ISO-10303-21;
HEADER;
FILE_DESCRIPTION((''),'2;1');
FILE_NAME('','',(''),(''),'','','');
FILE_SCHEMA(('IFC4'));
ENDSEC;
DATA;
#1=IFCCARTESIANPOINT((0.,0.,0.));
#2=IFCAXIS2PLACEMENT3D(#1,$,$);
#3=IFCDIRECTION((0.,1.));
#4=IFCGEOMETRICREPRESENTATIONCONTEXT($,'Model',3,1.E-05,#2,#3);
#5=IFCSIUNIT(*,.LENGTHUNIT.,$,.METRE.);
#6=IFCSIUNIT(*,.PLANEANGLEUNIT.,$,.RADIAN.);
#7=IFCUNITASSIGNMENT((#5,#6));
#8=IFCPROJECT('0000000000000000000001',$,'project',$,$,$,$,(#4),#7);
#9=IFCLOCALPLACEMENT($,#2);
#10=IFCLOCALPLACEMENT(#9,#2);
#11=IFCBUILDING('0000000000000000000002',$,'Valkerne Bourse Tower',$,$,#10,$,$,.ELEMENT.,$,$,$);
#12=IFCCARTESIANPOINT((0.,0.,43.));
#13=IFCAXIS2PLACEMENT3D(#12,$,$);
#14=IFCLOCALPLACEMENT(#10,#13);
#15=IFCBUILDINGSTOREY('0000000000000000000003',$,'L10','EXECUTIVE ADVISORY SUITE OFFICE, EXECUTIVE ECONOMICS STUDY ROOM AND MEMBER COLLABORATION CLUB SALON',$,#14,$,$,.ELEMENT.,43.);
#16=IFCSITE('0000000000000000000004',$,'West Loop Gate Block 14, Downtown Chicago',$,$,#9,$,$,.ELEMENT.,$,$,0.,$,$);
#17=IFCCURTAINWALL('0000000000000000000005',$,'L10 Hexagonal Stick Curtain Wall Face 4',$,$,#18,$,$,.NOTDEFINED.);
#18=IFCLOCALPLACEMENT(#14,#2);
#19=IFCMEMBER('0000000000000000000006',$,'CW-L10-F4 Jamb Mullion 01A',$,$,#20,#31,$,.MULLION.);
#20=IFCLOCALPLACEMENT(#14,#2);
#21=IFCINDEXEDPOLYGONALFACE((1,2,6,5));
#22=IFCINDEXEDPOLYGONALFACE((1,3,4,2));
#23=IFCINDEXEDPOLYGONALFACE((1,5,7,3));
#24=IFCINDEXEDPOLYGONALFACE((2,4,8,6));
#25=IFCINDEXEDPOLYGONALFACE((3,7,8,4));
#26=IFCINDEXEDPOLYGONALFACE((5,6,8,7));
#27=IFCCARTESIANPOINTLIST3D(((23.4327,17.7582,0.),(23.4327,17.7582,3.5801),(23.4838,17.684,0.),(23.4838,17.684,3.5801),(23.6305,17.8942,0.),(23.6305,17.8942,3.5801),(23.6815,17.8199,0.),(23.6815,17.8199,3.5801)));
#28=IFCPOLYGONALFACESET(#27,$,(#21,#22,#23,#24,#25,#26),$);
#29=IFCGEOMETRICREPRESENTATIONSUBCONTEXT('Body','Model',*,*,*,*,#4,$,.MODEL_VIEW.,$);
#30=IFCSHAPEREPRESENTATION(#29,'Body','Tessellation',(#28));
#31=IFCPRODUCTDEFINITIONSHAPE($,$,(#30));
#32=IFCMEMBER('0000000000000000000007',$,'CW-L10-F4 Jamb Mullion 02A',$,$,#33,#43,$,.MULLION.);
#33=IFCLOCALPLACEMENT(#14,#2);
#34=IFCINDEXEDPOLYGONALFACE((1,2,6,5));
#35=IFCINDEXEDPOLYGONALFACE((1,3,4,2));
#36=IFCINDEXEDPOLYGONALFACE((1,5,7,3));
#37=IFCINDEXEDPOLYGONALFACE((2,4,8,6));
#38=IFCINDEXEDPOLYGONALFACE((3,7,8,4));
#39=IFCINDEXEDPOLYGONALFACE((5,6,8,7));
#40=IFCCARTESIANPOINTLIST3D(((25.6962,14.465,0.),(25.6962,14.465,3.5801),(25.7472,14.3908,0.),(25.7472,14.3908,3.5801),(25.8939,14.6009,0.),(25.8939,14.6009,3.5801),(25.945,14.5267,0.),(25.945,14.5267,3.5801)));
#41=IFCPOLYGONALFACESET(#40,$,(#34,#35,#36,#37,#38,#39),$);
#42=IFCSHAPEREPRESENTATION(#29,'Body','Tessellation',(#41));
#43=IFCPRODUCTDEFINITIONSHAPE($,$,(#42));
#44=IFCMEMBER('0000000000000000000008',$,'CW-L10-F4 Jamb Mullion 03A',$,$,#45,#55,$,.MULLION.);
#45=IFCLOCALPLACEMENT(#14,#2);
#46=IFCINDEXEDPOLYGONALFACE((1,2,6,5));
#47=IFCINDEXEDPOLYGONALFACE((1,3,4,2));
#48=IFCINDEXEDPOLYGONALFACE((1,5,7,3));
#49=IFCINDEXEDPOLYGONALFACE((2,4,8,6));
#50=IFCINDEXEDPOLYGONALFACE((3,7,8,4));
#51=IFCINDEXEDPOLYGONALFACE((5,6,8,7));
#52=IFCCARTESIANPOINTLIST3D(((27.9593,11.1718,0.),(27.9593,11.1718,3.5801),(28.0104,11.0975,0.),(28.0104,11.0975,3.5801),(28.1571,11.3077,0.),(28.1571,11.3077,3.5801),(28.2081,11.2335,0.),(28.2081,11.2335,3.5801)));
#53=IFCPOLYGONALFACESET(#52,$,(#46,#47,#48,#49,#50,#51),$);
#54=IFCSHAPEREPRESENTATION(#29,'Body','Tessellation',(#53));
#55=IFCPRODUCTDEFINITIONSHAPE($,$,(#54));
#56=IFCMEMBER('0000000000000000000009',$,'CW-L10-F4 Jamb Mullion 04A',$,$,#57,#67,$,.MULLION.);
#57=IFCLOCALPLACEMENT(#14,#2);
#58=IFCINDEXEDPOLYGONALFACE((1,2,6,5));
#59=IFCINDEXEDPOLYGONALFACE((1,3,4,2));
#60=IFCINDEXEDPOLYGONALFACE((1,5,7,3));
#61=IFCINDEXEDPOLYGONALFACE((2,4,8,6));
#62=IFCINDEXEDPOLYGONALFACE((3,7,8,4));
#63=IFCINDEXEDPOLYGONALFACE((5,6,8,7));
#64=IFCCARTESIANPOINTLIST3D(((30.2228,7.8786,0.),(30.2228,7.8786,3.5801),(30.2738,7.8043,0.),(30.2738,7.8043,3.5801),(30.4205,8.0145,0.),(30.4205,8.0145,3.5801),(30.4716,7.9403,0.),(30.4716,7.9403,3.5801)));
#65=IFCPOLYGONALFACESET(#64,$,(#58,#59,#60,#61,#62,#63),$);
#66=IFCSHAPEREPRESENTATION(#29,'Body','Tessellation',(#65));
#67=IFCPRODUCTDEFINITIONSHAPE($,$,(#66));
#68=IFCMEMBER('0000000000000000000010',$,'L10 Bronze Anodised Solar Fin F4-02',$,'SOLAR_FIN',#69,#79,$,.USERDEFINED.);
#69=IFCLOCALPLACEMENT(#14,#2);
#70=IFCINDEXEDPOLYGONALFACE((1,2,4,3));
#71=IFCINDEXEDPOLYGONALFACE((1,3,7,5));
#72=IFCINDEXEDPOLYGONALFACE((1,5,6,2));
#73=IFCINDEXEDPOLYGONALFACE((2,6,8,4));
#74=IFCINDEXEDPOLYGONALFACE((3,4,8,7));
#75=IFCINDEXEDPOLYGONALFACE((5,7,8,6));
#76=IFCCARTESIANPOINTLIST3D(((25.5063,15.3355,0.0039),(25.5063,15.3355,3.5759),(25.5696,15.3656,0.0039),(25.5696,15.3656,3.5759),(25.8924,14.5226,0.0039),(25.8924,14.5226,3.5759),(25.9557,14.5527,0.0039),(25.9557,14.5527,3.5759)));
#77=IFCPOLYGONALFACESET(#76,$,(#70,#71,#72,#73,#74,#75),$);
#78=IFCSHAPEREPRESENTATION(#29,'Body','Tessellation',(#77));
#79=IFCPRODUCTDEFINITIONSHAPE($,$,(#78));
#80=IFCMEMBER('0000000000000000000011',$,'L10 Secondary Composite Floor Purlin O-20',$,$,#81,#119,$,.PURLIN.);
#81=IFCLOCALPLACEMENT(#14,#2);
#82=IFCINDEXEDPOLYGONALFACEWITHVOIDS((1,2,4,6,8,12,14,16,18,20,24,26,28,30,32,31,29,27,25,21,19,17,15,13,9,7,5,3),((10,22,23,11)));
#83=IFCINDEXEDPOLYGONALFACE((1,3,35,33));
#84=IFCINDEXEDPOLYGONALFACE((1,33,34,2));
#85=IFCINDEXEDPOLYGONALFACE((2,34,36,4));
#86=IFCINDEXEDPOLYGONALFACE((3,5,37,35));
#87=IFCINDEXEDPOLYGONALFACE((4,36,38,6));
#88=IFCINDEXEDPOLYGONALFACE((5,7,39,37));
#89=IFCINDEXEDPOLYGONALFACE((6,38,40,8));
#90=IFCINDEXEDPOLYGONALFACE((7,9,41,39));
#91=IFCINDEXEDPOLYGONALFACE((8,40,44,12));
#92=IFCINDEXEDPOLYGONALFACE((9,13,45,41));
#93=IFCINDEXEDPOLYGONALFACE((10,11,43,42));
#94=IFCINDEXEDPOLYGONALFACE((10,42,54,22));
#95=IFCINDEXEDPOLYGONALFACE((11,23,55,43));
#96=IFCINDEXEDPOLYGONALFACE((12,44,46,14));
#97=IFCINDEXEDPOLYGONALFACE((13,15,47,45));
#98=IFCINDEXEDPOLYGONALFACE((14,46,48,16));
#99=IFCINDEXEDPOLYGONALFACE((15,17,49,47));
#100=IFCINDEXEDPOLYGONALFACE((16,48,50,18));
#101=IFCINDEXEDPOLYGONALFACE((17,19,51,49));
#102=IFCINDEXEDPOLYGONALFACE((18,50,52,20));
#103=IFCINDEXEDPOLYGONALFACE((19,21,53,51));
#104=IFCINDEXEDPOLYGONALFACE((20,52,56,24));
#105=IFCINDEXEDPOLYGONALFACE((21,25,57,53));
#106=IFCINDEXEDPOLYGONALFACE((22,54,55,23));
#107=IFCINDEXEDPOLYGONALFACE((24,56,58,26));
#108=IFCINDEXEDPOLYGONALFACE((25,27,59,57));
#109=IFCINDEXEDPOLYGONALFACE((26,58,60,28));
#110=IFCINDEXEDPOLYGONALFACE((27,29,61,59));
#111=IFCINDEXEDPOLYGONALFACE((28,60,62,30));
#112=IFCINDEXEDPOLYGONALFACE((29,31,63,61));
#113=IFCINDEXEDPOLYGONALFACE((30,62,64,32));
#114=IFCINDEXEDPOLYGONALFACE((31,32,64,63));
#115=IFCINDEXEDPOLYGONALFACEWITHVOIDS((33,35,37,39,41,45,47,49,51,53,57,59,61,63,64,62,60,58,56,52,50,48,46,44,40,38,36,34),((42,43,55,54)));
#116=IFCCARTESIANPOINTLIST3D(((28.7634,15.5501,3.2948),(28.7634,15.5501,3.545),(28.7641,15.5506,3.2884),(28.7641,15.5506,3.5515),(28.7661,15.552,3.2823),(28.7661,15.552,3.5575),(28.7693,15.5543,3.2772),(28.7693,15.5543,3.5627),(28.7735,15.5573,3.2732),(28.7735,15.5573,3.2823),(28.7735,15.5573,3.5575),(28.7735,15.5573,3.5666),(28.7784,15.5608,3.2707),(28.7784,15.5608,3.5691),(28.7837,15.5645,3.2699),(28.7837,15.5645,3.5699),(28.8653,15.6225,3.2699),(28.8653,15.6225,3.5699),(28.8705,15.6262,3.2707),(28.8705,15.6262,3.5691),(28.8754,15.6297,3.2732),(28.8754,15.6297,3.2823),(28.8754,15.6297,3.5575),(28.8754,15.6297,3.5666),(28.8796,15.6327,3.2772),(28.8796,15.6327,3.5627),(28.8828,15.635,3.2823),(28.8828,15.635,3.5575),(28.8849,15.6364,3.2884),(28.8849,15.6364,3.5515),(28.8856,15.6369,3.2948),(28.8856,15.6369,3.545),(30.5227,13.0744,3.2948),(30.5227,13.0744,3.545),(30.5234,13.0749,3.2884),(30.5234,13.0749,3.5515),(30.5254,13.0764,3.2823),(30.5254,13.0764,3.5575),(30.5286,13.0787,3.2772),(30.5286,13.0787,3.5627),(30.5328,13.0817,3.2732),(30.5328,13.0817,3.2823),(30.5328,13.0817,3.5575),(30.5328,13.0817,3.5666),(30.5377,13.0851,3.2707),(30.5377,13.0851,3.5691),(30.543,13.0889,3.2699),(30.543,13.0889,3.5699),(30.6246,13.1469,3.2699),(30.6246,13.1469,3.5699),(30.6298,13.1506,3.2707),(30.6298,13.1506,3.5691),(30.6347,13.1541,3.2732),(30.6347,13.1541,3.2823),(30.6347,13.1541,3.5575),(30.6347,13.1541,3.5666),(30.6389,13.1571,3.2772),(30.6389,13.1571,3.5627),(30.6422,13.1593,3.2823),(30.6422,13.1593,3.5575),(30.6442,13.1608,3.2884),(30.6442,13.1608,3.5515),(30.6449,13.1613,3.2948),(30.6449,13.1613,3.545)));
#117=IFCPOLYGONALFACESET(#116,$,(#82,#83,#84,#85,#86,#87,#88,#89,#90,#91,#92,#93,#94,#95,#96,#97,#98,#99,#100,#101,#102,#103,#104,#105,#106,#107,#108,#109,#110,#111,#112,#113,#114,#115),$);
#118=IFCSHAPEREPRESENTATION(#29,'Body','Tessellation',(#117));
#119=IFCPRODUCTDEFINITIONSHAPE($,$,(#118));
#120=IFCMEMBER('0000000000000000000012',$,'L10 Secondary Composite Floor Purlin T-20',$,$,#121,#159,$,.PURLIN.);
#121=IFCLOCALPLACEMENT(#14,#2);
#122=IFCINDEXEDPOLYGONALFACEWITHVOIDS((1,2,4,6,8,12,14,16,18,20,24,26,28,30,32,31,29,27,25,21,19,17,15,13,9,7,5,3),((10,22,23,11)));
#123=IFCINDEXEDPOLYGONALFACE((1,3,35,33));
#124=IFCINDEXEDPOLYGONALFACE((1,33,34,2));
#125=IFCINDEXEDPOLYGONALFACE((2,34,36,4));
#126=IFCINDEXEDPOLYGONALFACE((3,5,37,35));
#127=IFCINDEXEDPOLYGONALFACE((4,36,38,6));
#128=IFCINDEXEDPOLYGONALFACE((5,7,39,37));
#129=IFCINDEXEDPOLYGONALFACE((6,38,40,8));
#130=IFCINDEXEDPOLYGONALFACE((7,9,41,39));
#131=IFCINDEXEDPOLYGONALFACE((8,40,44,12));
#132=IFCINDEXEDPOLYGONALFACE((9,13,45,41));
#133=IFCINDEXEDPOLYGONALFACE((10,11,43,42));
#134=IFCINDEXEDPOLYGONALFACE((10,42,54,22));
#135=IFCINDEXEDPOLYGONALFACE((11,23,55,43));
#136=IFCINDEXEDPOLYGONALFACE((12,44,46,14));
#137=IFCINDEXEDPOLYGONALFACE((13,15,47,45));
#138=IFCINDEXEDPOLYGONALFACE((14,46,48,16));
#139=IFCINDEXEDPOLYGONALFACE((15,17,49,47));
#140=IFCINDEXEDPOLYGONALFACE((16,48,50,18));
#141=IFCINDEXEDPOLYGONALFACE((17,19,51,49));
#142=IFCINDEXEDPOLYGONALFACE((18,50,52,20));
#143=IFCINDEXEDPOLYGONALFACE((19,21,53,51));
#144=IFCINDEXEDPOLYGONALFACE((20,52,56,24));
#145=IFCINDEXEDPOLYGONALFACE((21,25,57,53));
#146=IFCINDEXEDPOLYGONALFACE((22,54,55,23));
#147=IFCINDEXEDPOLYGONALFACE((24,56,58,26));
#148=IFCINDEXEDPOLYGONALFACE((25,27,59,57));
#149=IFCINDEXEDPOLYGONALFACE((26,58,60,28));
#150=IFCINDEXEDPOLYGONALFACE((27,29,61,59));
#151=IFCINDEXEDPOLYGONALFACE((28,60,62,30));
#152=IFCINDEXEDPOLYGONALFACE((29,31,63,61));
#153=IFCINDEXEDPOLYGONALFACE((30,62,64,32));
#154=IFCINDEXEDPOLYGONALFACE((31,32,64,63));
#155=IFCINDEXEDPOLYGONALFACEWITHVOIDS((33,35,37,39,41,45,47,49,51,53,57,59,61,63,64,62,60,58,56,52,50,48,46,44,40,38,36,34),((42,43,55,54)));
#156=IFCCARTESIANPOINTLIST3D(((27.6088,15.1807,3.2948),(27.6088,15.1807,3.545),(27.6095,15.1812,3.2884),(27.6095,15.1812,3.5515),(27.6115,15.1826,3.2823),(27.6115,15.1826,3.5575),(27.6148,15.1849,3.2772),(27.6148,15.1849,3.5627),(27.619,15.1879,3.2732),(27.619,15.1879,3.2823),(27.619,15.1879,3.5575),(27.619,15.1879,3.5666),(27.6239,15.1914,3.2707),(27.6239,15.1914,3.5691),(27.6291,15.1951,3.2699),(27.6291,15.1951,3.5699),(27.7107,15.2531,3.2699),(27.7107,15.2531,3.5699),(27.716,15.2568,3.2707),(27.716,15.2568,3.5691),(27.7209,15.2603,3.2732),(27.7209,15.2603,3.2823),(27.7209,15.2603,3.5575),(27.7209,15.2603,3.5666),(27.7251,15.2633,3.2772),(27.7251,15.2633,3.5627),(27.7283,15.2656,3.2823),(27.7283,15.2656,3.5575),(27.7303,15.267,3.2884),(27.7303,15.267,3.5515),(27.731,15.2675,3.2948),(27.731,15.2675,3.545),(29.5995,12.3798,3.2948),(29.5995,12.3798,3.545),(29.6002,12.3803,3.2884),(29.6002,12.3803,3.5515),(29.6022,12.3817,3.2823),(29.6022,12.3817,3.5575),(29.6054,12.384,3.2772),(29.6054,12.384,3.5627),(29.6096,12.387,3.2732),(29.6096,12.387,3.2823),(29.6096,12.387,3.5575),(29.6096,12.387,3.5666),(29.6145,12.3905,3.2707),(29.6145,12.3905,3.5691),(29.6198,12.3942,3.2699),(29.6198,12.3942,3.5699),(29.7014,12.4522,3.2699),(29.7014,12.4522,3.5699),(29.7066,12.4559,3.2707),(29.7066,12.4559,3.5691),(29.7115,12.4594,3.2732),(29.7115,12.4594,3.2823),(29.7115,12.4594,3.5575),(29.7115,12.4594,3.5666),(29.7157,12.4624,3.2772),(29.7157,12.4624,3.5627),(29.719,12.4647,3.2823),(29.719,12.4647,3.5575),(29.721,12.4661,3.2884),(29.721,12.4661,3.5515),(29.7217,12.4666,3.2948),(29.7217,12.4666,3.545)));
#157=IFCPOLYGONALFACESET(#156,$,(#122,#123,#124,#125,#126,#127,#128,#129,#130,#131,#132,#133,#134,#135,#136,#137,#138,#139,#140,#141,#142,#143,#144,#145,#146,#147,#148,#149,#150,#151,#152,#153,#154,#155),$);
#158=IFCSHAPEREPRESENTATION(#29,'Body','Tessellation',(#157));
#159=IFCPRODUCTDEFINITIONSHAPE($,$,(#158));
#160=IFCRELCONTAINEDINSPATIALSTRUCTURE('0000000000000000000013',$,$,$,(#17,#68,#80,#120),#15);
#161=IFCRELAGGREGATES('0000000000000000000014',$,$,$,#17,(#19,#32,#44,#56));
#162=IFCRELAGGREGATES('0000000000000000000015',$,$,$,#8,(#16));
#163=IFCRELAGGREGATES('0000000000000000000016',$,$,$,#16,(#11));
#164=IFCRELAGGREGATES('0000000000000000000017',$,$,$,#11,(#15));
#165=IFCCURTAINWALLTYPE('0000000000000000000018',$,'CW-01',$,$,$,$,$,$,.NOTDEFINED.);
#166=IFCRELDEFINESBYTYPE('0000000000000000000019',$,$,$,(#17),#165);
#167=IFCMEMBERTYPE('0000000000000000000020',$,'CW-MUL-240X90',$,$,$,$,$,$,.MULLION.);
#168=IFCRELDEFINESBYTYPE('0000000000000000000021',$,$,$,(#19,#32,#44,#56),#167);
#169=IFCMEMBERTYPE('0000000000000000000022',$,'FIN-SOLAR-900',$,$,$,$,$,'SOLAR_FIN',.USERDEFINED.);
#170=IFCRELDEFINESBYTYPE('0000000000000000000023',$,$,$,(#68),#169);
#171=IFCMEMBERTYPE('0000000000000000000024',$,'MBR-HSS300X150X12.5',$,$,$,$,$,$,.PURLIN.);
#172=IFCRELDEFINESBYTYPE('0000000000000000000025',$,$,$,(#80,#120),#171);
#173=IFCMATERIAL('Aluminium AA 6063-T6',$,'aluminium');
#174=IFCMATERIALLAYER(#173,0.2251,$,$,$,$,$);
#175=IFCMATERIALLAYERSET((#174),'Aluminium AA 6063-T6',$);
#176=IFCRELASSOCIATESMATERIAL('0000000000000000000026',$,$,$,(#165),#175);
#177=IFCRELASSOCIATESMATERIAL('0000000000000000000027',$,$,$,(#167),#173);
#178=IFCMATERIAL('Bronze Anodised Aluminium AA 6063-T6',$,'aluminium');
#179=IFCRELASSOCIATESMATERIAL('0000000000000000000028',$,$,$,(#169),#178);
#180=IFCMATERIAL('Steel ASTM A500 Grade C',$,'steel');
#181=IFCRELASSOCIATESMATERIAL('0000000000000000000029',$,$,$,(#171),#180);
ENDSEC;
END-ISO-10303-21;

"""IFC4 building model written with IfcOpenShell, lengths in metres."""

from ifc_helpers import new_model, si_unit, direction, frame, origin, origin_2d, place, context, subcontext, project, spatial, rectangle, hollow_rectangle, extrude, material, layer, layer_set, material_profile, profile_set, type_object, element, aggregate, save


model = new_model("IFC4")

# Units and contexts
model_context = context("Model", 3, precision=1e-05, world=origin(), true_north=direction((0.0, 1.0)))
body_context = subcontext(model_context, "Body", "Model", "MODEL_VIEW")
ifc_project = project(units=[si_unit("LENGTHUNIT", "METRE"), si_unit("PLANEANGLEUNIT", "RADIAN")], contexts=[model_context])

# Site, building, storey
site_placement = place(None, origin())
site = spatial("IfcSite", under=ifc_project, at=site_placement, Name="West Loop Gate Block 14, Downtown Chicago", CompositionType="ELEMENT", RefElevation=0.0)
building_placement = place(site_placement, origin())
building = spatial("IfcBuilding", under=site, at=building_placement, Name="Valkerne Bourse Tower", CompositionType="ELEMENT")
storey_placement = place(building_placement, frame((0.0, 0.0, 43.0)))
storey = spatial("IfcBuildingStorey", under=building, at=storey_placement, Name="L10", Description="EXECUTIVE ADVISORY SUITE OFFICE, EXECUTIVE ECONOMICS STUDY ROOM AND MEMBER COLLABORATION CLUB SALON", CompositionType="ELEMENT", Elevation=43.0)

# Curtain wall, members
ifc_material_1 = material(Name="Aluminium AA 6063-T6", Category="aluminium")
ifc_layer_1 = layer(ifc_material_1, 0.2251)
ifc_layer_set_1 = layer_set([ifc_layer_1], Name="Aluminium AA 6063-T6")
curtain_wall_type = type_object("IfcCurtainWallType", Name="CW-01", PredefinedType="NOTDEFINED", material=ifc_layer_set_1)
curtain_wall_placement = place(storey_placement, origin())
curtain_wall = element("IfcCurtainWall", 1, at=curtain_wall_placement, inside=storey, type_object=curtain_wall_type, Name="L10 Hexagonal Stick Curtain Wall Face 4", PredefinedType="NOTDEFINED")
ifc_material_profile_1 = material_profile(ifc_material_1, rectangle(XDim=0.0901, YDim=0.24, at=origin_2d()), Name="CWM-90X240")
ifc_profile_set_1 = profile_set([ifc_material_profile_1], Name="Aluminium AA 6063-T6")
member_type_1 = type_object("IfcMemberType", Name="CW-MUL-240X90", PredefinedType="MULLION", material=ifc_profile_set_1)
member_1_placement = place(storey_placement, frame((23.5571, 17.7891, 0.0), z_axis=(0.0, 0.0, 1.0), x_axis=(0.566414, -0.824121, 0.0)))
member_1 = element("IfcMember", 2, at=member_1_placement, type_object=member_type_1, Name="CW-L10-F4 Jamb Mullion 01A", PredefinedType="MULLION", context=body_context, shape_type="SweptSolid", body=[
    extrude(rectangle(XDim=0.0901, YDim=0.24, at=origin_2d()), origin(), (0.0, 0.0, 1.0), 3.5801),
])
member_2_placement = place(storey_placement, frame((25.8206, 14.4958, 0.0), z_axis=(0.0, 0.0, 1.0), x_axis=(0.566397, -0.824132, 0.0)))
member_2 = element("IfcMember", 3, at=member_2_placement, type_object=member_type_1, Name="CW-L10-F4 Jamb Mullion 02A", PredefinedType="MULLION", context=body_context, shape_type="SweptSolid", body=[
    extrude(rectangle(XDim=0.0901, YDim=0.24, at=origin_2d()), origin(), (0.0, 0.0, 1.0), 3.5801),
])
member_3_placement = place(storey_placement, frame((28.0837, 11.2026, 0.0), z_axis=(0.0, 0.0, 1.0), x_axis=(0.566414, -0.824121, 0.0)))
member_3 = element("IfcMember", 4, at=member_3_placement, type_object=member_type_1, Name="CW-L10-F4 Jamb Mullion 03A", PredefinedType="MULLION", context=body_context, shape_type="SweptSolid", body=[
    extrude(rectangle(XDim=0.0901, YDim=0.24, at=origin_2d()), origin(), (0.0, 0.0, 1.0), 3.5801),
])
member_4_placement = place(storey_placement, frame((30.3472, 7.9094, 0.0), z_axis=(0.0, 0.0, 1.0), x_axis=(0.566397, -0.824132, 0.0)))
member_4 = element("IfcMember", 5, at=member_4_placement, type_object=member_type_1, Name="CW-L10-F4 Jamb Mullion 04A", PredefinedType="MULLION", context=body_context, shape_type="SweptSolid", body=[
    extrude(rectangle(XDim=0.0901, YDim=0.24, at=origin_2d()), origin(), (0.0, 0.0, 1.0), 3.5801),
])

# Members
ifc_material_2 = material(Name="Bronze Anodised Aluminium AA 6063-T6", Category="aluminium")
ifc_material_profile_2 = material_profile(ifc_material_2, rectangle(XDim=0.0701, YDim=0.8999, at=origin_2d()), Name="FIN-70X900")
ifc_profile_set_2 = profile_set([ifc_material_profile_2], Name="Bronze Anodised Aluminium AA 6063-T6")
member_type_2 = type_object("IfcMemberType", Name="FIN-SOLAR-900", ElementType="SOLAR_FIN", PredefinedType="USERDEFINED", material=ifc_profile_set_2)
member_5_placement = place(storey_placement, frame((25.731, 14.9441, 0.0039), z_axis=(0.0, 0.0, 1.0), x_axis=(-0.903283, -0.429045, 0.0)))
element("IfcMember", 6, at=member_5_placement, inside=storey, type_object=member_type_2, Name="L10 Bronze Anodised Solar Fin F4-02", ObjectType="SOLAR_FIN", PredefinedType="USERDEFINED", context=body_context, shape_type="SweptSolid", body=[
    extrude(rectangle(XDim=0.0701, YDim=0.8999, at=origin_2d()), origin(), (0.0, 0.0, 1.0), 3.572),
])
ifc_material_3 = material(Name="Steel ASTM A500 Grade C", Category="steel")
ifc_material_profile_3 = material_profile(ifc_material_3, hollow_rectangle(XDim=0.1499, YDim=0.3, WallThickness=0.0125, OuterFilletRadius=0.0249, at=origin_2d()), Name="HSS300X150X12.5")
ifc_profile_set_3 = profile_set([ifc_material_profile_3], Name="Steel ASTM A500 Grade C")
member_type_3 = type_object("IfcMemberType", Name="MBR-HSS300X150X12.5", PredefinedType="PURLIN", material=ifc_profile_set_3)
member_6_placement = place(storey_placement, frame((28.8245, 15.5935, 3.4199), z_axis=(0.579275, -0.815132, 0.0), x_axis=(0.815132, 0.579275, 0.0)))
element("IfcMember", 7, at=member_6_placement, inside=storey, type_object=member_type_3, Name="L10 Secondary Composite Floor Purlin O-20", PredefinedType="PURLIN", context=body_context, shape_type="SweptSolid", body=[
    extrude(hollow_rectangle(XDim=0.1499, YDim=0.3, WallThickness=0.0125, OuterFilletRadius=0.0249, at=origin_2d()), origin(), (0.0, 0.0, 1.0), 3.0371),
])
member_7_placement = place(storey_placement, frame((27.6699, 15.2241, 3.4199), z_axis=(0.579308, -0.815109, 0.0), x_axis=(0.815109, 0.579308, 0.0)))
element("IfcMember", 8, at=member_7_placement, inside=storey, type_object=member_type_3, Name="L10 Secondary Composite Floor Purlin T-20", PredefinedType="PURLIN", context=body_context, shape_type="SweptSolid", body=[
    extrude(hollow_rectangle(XDim=0.1499, YDim=0.3, WallThickness=0.0125, OuterFilletRadius=0.0249, at=origin_2d()), origin(), (0.0, 0.0, 1.0), 3.4363),
])

aggregate(curtain_wall, [member_1, member_2, member_3, member_4])

save(model, "model.ifc")
